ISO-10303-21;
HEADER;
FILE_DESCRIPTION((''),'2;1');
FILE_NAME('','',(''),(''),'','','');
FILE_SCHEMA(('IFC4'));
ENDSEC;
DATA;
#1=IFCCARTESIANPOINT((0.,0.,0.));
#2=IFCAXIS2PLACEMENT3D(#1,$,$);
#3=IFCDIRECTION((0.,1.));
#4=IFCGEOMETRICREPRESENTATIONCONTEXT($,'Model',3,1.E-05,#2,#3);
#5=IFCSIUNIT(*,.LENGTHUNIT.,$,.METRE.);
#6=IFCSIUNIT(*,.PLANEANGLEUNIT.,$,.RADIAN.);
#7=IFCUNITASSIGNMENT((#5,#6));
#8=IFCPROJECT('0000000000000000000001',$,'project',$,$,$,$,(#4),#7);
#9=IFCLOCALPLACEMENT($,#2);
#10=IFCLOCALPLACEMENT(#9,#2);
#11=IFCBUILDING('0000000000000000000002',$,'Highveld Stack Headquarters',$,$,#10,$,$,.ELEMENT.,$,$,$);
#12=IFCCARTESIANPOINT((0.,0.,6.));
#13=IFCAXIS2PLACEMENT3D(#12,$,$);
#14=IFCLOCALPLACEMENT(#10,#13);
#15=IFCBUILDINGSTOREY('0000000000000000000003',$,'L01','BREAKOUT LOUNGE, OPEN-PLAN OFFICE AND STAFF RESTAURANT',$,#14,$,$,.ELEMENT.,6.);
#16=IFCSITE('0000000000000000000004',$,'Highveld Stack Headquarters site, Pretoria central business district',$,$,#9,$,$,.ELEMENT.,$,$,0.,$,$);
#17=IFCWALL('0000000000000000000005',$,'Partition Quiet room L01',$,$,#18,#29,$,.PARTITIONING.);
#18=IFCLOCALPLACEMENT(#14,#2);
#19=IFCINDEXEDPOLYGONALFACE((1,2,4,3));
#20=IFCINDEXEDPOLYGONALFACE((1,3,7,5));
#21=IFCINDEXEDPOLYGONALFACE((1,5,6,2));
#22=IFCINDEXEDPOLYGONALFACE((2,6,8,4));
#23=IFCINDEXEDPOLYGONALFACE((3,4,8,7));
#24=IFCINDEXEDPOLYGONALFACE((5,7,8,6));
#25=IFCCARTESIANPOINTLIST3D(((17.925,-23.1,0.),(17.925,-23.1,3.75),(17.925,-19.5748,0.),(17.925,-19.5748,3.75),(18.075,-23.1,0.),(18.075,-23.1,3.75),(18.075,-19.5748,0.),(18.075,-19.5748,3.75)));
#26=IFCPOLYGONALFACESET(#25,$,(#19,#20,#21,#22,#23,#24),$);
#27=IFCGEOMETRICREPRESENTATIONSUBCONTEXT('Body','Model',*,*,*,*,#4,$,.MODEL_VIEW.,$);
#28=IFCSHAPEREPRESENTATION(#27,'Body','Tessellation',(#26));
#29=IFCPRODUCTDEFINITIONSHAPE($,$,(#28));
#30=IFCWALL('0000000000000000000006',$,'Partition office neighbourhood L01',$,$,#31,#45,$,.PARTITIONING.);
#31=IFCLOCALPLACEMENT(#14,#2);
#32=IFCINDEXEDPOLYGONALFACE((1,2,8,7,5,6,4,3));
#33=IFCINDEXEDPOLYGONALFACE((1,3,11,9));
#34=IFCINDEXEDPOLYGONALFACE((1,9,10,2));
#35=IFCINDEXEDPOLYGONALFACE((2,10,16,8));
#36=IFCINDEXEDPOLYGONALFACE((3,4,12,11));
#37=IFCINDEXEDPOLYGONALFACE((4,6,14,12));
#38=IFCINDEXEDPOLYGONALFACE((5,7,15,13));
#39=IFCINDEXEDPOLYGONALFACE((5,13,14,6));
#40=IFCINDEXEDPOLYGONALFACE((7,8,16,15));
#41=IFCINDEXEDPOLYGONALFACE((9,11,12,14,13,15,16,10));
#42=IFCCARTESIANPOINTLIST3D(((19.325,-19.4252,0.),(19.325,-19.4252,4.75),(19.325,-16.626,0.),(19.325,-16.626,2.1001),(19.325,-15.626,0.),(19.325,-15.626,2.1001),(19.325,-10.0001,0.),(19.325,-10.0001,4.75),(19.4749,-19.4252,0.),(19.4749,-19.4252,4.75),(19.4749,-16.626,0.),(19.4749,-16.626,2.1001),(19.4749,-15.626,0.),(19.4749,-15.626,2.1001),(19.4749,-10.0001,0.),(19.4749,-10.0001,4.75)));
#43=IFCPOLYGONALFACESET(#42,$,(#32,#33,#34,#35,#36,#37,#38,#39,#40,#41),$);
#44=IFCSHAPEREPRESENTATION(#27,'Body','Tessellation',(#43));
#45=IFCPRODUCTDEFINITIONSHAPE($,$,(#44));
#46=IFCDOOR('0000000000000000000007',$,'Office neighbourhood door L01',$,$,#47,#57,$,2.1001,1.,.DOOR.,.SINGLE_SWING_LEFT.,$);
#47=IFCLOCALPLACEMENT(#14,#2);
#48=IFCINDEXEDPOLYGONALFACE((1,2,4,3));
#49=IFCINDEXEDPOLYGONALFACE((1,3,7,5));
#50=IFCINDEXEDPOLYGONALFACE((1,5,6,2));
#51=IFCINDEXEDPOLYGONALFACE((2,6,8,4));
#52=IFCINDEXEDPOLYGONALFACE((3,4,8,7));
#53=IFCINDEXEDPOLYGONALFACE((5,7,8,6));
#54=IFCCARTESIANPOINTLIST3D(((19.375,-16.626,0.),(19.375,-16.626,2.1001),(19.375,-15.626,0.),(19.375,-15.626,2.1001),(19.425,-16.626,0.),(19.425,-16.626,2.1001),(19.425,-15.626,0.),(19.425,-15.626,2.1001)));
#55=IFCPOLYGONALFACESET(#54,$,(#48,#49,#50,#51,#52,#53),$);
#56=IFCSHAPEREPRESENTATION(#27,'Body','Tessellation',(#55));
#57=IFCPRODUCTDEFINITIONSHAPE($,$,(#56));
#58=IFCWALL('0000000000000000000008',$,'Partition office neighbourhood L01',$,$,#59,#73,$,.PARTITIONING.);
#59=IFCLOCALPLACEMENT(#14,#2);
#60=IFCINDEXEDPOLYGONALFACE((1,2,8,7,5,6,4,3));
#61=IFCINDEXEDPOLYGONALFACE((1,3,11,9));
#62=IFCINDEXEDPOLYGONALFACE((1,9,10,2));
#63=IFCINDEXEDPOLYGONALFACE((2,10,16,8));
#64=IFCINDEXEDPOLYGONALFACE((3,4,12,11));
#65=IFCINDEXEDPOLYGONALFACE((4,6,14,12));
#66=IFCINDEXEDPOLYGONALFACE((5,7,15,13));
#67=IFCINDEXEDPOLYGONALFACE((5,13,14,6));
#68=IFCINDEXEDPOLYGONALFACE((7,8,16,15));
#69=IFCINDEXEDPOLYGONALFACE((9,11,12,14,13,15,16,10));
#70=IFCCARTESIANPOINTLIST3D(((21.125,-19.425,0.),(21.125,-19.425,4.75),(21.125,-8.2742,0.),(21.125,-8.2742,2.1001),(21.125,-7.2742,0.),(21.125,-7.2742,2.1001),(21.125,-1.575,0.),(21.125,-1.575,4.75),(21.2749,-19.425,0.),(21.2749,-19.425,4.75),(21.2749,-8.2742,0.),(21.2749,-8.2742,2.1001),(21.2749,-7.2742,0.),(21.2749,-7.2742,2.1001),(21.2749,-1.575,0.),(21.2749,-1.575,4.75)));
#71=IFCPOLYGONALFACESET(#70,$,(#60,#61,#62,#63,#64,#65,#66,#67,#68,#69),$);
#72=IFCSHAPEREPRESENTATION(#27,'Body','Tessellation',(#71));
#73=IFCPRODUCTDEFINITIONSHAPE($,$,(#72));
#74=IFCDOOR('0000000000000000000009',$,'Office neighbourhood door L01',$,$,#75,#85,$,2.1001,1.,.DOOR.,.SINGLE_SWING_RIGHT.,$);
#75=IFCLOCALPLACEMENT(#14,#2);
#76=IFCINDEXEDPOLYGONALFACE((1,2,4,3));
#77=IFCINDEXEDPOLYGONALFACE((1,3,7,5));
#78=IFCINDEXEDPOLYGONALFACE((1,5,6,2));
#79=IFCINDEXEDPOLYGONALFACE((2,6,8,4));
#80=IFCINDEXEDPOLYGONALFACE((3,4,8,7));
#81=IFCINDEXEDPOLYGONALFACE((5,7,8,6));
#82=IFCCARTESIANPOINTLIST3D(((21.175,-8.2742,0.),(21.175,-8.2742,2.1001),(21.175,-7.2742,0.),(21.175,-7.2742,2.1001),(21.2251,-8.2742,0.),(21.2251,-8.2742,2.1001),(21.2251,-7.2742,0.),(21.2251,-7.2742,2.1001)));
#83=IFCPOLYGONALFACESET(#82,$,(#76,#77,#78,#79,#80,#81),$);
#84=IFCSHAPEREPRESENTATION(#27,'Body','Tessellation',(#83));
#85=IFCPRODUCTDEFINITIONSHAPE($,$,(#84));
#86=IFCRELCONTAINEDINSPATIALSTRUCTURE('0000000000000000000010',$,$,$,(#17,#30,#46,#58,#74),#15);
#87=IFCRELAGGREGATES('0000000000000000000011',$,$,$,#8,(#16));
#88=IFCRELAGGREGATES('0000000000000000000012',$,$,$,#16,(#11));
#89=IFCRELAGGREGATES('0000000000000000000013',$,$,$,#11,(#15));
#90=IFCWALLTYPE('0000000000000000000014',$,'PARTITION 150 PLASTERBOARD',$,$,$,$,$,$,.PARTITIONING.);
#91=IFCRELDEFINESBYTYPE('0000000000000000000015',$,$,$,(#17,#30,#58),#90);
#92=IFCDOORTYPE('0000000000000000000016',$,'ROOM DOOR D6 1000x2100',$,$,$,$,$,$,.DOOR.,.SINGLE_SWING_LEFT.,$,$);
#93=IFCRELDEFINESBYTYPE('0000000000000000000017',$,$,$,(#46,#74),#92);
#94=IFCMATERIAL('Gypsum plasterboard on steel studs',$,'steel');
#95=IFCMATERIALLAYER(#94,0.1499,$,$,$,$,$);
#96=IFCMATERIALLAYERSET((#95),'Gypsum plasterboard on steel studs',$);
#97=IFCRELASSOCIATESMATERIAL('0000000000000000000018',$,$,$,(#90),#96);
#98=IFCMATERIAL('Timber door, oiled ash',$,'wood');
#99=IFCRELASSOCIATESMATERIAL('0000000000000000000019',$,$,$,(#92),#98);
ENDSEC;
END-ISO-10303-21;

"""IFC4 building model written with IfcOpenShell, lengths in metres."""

from ifc_helpers import new_model, si_unit, direction, frame, frame_2d, origin, place, context, subcontext, project, spatial, rectangle, extrude, material, layer, layer_set, type_object, element, fill, save


model = new_model("IFC4")

# Units and contexts
model_context = context("Model", 3, precision=1e-05, world=origin(), true_north=direction((0.0, 1.0)))
body_context = subcontext(model_context, "Body", "Model", "MODEL_VIEW")
ifc_project = project(units=[si_unit("LENGTHUNIT", "METRE"), si_unit("PLANEANGLEUNIT", "RADIAN")], contexts=[model_context])

# Site, building, storey
site_placement = place(None, origin())
site = spatial("IfcSite", under=ifc_project, at=site_placement, Name="Highveld Stack Headquarters site, Pretoria central business district", CompositionType="ELEMENT", RefElevation=0.0)
building_placement = place(site_placement, origin())
building = spatial("IfcBuilding", under=site, at=building_placement, Name="Highveld Stack Headquarters", CompositionType="ELEMENT")
storey_placement = place(building_placement, frame((0.0, 0.0, 6.0)))
storey = spatial("IfcBuildingStorey", under=building, at=storey_placement, Name="L01", Description="BREAKOUT LOUNGE, OPEN-PLAN OFFICE AND STAFF RESTAURANT", CompositionType="ELEMENT", Elevation=6.0)

# Shared definitions
ifc_material_1 = material(Name="Gypsum plasterboard on steel studs", Category="steel")
ifc_layer_1 = layer(ifc_material_1, 0.1499)
ifc_layer_set_1 = layer_set([ifc_layer_1], Name="Gypsum plasterboard on steel studs")
wall_type_1 = type_object("IfcWallType", Name="PARTITION 150 PLASTERBOARD", PredefinedType="PARTITIONING", material=ifc_layer_set_1)

# Shared definitions
ifc_material_2 = material(Name="Timber door, oiled ash", Category="wood")
door_type_1 = type_object("IfcDoorType", Name="ROOM DOOR D6 1000x2100", OperationType="SINGLE_SWING_LEFT", PredefinedType="DOOR", material=ifc_material_2)

# Wall
for number, where, z_axis, x_axis, name in (
    (1, (18.0, -23.1001, 0.0), (0.0, 0.0, 1.0), (0.0, 1.0, 0.0), "Partition Quiet room L01"),
):
    element("IfcWall", number, at=place(storey_placement, frame(where, z_axis=z_axis, x_axis=x_axis)), inside=storey, type_object=wall_type_1, Name=name, PredefinedType="PARTITIONING", context=body_context, shape_type="SweptSolid", body=[
        extrude(rectangle(XDim=3.5251, YDim=0.1499, at=frame_2d((1.7627, 0.0))), origin(), (0.0, 0.0, 1.0), 3.75),
    ])

# Walls, openings, doors
wall_1_placement = place(storey_placement, frame((19.3999, -19.425, 0.0), z_axis=(0.0, 0.0, 1.0), x_axis=(0.0, 1.0, 0.0)))
wall_1 = element("IfcWall", 2, at=wall_1_placement, inside=storey, type_object=wall_type_1, Name="Partition office neighbourhood L01", PredefinedType="PARTITIONING", context=body_context, shape_type="SweptSolid", body=[
    extrude(rectangle(XDim=9.425, YDim=0.1499, at=frame_2d((4.7124, 0.0))), origin(), (0.0, 0.0, 1.0), 4.75),
])
opening_1_placement = place(wall_1_placement, frame((2.7991, 0.0, 0.0)))
opening_1 = element("IfcOpeningElement", 3, at=opening_1_placement, cuts=wall_1, PredefinedType="OPENING", context=body_context, shape_type="SweptSolid", body=[
    extrude(rectangle(XDim=1.0, YDim=2.1001, at=frame_2d((0.5, 1.05))), frame((0.0, 0.085, 0.0), z_axis=(0.0, -1.0, 0.0), x_axis=(1.0, 0.0, 0.0)), (0.0, 0.0, 1.0), 0.1699),
])
door_1_placement = place(opening_1_placement, origin())
door_1 = element("IfcDoor", 4, at=door_1_placement, inside=storey, type_object=door_type_1, Name="Office neighbourhood door L01", OperationType="SINGLE_SWING_LEFT", OverallHeight=2.1001, OverallWidth=1.0, PredefinedType="DOOR", context=body_context, shape_type="SweptSolid", body=[
    extrude(rectangle(XDim=1.0, YDim=2.1001, at=frame_2d((0.5, 1.05))), frame((0.0, 0.0249, 0.0), z_axis=(0.0, -1.0, 0.0), x_axis=(1.0, 0.0, 0.0)), (0.0, 0.0, 1.0), 0.05),
])
fill(opening_1, door_1)
wall_2_placement = place(storey_placement, frame((21.2, -19.425, 0.0), z_axis=(0.0, 0.0, 1.0), x_axis=(0.0, 1.0, 0.0)))
wall_2 = element("IfcWall", 5, at=wall_2_placement, inside=storey, type_object=wall_type_1, Name="Partition office neighbourhood L01", PredefinedType="PARTITIONING", context=body_context, shape_type="SweptSolid", body=[
    extrude(rectangle(XDim=17.8501, YDim=0.1499, at=frame_2d((8.925, 0.0))), origin(), (0.0, 0.0, 1.0), 4.75),
])
opening_2_placement = place(wall_2_placement, frame((11.1509, 0.0, 0.0)))
opening_2 = element("IfcOpeningElement", 6, at=opening_2_placement, cuts=wall_2, PredefinedType="OPENING", context=body_context, shape_type="SweptSolid", body=[
    extrude(rectangle(XDim=1.0, YDim=2.1001, at=frame_2d((0.5, 1.05))), frame((0.0, 0.085, 0.0), z_axis=(0.0, -1.0, 0.0), x_axis=(1.0, 0.0, 0.0)), (0.0, 0.0, 1.0), 0.1699),
])
door_2_placement = place(opening_2_placement, origin())
door_2 = element("IfcDoor", 7, at=door_2_placement, inside=storey, type_object=door_type_1, Name="Office neighbourhood door L01", OperationType="SINGLE_SWING_RIGHT", OverallHeight=2.1001, OverallWidth=1.0, PredefinedType="DOOR", context=body_context, shape_type="SweptSolid", body=[
    extrude(rectangle(XDim=1.0, YDim=2.1001, at=frame_2d((0.5, 1.05))), frame((0.0, 0.0249, 0.0), z_axis=(0.0, -1.0, 0.0), x_axis=(1.0, 0.0, 0.0)), (0.0, 0.0, 1.0), 0.05),
])
fill(opening_2, door_2)

save(model, "model.ifc")
